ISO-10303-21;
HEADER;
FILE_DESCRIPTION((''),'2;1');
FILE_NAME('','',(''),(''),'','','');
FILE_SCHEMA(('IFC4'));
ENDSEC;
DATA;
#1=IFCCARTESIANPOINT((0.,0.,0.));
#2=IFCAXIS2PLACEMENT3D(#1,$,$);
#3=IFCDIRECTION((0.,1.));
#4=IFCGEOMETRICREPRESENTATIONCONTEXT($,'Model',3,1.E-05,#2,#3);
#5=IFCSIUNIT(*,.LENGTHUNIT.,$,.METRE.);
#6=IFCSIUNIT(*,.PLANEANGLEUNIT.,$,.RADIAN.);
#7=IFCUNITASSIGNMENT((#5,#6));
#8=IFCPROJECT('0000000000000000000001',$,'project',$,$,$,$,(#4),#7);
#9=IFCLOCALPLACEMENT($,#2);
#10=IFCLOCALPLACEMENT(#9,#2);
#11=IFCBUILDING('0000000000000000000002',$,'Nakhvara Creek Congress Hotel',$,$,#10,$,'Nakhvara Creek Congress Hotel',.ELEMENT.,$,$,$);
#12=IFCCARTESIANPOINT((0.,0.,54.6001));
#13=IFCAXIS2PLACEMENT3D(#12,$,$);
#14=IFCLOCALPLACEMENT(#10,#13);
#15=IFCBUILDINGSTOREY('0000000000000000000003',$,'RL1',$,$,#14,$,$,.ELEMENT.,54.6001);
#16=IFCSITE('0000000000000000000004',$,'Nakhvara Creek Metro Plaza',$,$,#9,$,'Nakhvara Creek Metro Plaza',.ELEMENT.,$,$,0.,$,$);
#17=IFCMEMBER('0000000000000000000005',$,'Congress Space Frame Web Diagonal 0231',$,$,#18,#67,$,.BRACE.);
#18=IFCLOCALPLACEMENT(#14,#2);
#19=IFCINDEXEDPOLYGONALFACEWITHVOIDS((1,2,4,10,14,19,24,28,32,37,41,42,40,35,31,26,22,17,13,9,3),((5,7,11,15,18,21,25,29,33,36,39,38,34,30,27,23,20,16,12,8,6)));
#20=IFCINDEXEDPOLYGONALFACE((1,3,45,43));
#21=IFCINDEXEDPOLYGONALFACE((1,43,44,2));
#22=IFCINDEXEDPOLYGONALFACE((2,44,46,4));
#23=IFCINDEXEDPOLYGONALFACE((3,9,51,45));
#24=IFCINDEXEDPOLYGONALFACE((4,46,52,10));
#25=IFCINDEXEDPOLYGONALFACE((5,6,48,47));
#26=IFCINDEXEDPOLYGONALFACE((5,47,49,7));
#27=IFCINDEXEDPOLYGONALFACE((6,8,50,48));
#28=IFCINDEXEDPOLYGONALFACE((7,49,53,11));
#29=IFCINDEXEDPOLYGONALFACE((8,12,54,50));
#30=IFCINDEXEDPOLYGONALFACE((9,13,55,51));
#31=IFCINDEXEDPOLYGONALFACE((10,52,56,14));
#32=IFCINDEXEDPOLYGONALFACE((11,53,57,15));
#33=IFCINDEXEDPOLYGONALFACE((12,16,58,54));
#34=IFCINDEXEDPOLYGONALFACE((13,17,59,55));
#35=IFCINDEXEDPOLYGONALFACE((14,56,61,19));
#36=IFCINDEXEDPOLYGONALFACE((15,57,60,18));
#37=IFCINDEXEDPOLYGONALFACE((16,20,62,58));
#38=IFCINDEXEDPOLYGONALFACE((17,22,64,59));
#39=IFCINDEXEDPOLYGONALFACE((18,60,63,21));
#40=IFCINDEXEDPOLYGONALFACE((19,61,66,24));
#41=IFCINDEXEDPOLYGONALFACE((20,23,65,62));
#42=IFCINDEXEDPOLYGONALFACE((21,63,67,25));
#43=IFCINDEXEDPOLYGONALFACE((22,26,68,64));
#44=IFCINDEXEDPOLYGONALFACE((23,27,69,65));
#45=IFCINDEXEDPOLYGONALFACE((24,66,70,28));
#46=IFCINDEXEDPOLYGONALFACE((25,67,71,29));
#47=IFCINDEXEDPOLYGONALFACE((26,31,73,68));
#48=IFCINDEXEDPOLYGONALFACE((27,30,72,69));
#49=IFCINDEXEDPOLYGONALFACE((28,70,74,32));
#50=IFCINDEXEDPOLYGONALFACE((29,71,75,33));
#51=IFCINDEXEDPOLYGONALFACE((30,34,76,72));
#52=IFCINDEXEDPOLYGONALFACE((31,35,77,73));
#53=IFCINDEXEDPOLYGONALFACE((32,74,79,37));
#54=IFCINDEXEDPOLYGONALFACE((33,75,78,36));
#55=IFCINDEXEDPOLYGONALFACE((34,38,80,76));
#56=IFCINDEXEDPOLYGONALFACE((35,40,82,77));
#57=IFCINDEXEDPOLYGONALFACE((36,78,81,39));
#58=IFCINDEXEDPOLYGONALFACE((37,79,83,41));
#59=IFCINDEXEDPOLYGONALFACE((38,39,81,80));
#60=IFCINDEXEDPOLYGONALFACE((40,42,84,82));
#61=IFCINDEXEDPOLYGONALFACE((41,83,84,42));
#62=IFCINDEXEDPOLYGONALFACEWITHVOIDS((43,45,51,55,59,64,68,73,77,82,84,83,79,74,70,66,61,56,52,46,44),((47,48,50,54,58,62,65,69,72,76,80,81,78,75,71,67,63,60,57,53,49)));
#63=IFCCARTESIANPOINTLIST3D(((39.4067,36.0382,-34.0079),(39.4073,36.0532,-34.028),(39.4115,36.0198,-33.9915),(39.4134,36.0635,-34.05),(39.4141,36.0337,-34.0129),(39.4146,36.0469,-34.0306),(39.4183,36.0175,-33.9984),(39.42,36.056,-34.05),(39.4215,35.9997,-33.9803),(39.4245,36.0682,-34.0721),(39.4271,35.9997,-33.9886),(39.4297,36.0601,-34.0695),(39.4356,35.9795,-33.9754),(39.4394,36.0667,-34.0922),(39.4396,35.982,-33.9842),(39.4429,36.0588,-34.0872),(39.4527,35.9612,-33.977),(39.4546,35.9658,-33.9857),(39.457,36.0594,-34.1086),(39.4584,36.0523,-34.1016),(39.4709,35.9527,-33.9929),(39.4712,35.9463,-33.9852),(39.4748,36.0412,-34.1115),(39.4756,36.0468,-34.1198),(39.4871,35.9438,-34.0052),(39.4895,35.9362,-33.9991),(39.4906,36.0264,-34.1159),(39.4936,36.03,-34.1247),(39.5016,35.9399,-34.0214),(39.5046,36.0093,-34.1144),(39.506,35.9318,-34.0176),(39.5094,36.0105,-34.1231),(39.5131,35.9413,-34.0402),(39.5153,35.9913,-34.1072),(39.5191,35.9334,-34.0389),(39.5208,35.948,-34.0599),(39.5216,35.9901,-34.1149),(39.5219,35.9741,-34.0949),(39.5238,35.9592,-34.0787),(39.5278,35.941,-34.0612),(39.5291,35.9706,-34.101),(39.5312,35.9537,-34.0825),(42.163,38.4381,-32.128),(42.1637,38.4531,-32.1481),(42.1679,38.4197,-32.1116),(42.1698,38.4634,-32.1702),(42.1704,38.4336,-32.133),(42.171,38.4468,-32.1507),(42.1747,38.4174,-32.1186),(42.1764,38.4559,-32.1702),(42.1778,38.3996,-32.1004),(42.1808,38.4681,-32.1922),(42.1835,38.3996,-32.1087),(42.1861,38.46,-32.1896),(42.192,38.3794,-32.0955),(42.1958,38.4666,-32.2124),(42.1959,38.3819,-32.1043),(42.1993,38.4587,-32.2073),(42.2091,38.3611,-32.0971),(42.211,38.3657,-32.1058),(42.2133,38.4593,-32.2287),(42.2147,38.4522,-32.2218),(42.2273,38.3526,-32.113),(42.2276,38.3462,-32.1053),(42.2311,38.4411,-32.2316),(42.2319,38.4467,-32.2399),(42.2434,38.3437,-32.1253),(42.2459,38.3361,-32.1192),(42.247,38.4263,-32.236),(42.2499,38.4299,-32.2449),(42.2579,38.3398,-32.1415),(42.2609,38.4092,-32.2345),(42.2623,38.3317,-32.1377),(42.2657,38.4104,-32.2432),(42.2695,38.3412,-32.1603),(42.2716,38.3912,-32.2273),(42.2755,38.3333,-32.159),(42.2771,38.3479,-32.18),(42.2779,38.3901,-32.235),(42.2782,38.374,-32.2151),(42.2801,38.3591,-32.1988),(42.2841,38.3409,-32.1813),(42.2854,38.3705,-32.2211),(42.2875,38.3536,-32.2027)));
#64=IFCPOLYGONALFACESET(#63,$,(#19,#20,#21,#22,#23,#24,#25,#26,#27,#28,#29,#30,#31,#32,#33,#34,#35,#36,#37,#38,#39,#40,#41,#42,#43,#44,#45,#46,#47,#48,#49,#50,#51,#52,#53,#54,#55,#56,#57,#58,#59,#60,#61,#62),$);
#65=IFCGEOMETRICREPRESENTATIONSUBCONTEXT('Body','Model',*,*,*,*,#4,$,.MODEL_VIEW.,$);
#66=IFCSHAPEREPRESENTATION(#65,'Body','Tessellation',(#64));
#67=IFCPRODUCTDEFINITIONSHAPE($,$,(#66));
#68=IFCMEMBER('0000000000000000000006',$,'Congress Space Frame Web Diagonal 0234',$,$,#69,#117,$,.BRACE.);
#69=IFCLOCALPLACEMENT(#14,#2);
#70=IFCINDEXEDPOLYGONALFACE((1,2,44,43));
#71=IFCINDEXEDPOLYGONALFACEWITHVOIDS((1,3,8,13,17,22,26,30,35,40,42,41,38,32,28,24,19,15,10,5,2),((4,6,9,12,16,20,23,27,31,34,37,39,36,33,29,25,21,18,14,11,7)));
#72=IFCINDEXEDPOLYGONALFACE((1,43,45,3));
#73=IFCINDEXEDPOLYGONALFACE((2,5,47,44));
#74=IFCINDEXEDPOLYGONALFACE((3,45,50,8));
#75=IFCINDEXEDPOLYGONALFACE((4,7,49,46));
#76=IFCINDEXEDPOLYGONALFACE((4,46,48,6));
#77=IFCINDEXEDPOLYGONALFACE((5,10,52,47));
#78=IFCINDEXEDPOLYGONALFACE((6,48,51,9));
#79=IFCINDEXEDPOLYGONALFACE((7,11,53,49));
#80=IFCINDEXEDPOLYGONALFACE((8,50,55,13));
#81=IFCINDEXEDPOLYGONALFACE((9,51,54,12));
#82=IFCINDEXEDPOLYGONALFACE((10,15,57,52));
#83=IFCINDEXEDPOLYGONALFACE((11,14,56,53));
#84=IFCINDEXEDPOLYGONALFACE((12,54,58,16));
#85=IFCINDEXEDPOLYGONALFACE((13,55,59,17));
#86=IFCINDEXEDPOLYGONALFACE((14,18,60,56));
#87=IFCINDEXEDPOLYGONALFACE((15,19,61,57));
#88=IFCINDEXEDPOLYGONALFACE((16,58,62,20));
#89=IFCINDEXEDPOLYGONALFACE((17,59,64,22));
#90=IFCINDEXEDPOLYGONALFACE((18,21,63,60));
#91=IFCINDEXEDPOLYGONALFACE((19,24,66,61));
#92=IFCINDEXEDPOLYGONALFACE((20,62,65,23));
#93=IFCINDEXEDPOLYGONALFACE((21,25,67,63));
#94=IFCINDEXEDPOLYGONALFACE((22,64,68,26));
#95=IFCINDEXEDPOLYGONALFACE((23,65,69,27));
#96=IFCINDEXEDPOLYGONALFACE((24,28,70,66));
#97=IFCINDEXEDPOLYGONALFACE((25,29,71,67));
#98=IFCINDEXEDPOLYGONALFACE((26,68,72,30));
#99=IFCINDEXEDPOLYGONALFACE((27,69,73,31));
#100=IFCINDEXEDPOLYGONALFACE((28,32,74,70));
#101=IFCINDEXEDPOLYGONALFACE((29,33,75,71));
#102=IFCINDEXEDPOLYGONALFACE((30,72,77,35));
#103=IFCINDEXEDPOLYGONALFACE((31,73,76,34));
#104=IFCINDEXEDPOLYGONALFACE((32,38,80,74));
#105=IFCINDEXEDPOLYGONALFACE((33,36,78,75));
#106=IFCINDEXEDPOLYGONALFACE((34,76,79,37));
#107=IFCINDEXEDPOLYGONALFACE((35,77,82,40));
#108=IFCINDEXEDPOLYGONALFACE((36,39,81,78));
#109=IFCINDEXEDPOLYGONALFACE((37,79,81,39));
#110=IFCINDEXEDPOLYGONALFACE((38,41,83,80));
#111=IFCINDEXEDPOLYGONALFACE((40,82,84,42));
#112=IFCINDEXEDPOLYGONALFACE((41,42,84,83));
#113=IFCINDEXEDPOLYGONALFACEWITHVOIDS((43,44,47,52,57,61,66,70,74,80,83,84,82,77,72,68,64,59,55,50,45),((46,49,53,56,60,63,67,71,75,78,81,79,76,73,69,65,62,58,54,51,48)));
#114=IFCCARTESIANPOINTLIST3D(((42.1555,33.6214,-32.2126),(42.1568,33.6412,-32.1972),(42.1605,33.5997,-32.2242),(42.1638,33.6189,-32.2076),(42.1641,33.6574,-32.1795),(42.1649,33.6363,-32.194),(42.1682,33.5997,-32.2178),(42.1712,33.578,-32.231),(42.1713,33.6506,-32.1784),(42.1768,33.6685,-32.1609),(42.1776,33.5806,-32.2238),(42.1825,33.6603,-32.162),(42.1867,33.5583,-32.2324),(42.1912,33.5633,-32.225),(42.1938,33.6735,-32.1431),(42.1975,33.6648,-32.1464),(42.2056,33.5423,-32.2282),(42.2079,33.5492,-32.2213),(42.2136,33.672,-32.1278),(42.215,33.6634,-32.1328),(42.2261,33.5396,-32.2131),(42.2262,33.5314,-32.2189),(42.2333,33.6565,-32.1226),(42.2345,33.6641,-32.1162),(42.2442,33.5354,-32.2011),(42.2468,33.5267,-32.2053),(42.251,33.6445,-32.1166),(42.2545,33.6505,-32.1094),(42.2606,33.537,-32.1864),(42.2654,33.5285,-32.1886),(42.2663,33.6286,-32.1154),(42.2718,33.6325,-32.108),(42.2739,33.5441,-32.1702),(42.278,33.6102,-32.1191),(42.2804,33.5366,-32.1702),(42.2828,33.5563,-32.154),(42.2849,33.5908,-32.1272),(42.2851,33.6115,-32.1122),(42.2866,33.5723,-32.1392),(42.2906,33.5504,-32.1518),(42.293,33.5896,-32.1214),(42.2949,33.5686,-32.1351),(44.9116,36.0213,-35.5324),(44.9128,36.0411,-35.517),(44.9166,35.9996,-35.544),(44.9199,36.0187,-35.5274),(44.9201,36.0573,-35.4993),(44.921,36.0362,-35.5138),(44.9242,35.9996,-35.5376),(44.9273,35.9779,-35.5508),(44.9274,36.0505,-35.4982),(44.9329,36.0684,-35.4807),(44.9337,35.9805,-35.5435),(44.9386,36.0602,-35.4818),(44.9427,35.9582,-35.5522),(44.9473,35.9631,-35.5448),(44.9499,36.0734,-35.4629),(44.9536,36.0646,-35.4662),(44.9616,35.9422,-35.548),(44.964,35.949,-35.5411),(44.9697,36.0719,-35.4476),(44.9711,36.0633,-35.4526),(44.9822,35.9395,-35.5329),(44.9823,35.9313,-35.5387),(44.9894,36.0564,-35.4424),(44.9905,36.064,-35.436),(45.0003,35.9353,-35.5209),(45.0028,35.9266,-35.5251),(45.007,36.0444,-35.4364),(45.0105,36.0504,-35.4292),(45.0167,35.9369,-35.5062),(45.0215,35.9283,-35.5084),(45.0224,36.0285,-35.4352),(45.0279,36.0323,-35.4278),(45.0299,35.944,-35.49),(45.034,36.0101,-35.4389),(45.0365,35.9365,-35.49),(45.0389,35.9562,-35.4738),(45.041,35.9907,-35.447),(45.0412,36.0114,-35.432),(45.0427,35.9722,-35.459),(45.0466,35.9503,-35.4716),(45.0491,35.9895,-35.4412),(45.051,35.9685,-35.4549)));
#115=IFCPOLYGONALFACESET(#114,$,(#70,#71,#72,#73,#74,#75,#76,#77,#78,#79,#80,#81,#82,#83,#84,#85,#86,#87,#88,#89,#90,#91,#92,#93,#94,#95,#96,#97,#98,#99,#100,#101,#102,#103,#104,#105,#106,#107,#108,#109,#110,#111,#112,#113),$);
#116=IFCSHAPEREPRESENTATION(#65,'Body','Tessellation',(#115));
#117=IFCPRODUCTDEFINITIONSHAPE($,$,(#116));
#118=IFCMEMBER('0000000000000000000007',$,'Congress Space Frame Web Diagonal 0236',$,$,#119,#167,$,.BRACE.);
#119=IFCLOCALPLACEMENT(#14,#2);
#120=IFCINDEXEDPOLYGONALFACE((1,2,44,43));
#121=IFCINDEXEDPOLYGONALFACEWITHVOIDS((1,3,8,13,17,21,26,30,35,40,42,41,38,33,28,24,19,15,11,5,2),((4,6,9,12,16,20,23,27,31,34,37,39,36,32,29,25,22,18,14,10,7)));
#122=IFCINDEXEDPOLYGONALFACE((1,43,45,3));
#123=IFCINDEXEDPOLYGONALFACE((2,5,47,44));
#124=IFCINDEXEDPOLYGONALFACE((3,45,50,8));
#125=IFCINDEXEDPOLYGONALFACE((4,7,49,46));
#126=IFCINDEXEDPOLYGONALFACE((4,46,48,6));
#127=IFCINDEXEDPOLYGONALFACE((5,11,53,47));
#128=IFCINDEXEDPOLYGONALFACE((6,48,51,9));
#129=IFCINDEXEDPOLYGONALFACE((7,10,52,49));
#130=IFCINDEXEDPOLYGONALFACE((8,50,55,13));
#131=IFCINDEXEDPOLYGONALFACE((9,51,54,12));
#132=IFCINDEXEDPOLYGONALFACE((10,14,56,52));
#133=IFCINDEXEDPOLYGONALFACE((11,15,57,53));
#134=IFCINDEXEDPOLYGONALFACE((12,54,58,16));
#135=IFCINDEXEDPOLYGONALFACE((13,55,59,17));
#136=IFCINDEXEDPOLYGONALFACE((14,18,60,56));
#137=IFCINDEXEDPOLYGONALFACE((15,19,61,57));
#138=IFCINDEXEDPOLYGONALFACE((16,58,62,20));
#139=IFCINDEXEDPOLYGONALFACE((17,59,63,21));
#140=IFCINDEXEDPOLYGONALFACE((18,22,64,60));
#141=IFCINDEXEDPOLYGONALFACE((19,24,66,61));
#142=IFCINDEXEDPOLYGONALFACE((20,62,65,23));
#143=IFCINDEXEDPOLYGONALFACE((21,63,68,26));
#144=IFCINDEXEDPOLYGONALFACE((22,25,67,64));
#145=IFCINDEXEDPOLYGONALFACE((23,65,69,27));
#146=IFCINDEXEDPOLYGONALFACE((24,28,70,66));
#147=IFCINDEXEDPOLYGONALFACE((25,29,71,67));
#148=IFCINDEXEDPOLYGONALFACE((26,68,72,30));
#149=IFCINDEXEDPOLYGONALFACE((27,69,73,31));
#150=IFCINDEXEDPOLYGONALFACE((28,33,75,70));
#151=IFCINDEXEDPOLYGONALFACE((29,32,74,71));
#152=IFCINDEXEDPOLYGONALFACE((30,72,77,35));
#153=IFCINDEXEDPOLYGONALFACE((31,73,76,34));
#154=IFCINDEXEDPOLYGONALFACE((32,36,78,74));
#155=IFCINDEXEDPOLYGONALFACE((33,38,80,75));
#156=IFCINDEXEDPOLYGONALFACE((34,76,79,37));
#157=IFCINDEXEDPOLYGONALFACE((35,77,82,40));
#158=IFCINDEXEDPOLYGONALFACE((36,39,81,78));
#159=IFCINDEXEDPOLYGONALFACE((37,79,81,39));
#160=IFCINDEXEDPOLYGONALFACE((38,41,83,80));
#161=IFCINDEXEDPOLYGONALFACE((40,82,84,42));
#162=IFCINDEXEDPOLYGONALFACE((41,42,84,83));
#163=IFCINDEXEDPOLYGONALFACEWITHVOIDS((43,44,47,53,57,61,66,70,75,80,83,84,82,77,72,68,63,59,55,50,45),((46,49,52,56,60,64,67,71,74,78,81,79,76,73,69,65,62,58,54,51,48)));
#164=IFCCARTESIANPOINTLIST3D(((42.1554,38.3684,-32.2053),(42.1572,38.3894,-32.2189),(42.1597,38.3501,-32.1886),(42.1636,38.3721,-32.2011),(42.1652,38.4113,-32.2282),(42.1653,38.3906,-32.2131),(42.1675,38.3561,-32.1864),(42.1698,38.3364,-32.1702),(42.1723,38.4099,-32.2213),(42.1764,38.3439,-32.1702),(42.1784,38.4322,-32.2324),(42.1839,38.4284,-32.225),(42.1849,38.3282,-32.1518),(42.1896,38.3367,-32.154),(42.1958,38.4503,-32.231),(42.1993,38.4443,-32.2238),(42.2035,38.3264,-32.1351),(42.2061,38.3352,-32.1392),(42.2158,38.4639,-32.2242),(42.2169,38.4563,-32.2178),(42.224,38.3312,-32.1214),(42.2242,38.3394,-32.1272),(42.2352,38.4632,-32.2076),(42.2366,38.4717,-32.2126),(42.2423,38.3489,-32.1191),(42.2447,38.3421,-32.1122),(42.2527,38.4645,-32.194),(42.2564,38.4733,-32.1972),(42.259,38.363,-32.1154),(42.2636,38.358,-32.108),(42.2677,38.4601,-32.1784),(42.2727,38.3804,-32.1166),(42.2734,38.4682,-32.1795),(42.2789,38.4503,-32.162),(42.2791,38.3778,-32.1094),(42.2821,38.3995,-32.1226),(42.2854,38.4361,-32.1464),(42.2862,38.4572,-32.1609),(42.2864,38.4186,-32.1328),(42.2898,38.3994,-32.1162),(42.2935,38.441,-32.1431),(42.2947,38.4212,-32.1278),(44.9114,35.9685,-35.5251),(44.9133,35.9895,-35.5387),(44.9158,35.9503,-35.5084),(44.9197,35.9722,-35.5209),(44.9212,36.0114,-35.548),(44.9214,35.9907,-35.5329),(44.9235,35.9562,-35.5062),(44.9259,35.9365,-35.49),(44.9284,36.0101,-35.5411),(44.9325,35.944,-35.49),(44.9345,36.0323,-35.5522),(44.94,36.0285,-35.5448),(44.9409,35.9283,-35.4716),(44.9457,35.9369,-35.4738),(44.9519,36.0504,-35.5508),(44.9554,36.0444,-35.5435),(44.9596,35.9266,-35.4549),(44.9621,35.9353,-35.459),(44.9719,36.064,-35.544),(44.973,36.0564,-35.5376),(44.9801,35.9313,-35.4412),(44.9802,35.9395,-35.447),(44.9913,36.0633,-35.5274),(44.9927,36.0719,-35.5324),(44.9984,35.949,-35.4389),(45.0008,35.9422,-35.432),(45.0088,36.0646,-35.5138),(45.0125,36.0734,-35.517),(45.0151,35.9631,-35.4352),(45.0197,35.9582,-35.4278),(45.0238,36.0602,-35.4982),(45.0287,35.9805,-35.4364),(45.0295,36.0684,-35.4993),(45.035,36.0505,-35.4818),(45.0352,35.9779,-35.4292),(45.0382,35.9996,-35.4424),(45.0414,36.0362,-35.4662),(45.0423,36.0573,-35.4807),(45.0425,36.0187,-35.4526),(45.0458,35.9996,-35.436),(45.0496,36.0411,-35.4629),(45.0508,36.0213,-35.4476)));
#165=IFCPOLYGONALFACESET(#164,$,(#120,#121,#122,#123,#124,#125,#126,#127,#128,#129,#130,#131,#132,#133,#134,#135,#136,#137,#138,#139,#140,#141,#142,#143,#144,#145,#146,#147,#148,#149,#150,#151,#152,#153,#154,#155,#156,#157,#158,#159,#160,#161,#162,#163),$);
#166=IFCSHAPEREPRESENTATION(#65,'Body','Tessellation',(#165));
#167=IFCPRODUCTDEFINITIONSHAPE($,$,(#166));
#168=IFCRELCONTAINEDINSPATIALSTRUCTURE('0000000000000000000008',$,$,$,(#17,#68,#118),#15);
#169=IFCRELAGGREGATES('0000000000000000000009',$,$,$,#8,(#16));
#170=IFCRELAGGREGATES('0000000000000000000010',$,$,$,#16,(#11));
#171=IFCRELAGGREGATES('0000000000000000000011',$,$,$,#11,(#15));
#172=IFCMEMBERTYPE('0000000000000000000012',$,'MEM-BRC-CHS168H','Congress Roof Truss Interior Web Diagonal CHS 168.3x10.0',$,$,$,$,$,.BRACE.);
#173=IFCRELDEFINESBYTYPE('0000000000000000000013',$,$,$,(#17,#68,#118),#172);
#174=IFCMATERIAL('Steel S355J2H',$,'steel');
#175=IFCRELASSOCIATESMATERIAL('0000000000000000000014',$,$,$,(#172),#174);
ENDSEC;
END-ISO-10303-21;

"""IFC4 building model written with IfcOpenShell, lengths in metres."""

from ifc_helpers import new_model, si_unit, direction, frame, origin, origin_2d, place, context, subcontext, project, spatial, hollow_circle, extrude, material, material_profile, profile_set, type_object, element, save


model = new_model("IFC4")

# Units and contexts
model_context = context("Model", 3, precision=1e-05, world=origin(), true_north=direction((0.0, 1.0)))
body_context = subcontext(model_context, "Body", "Model", "MODEL_VIEW")
ifc_project = project(units=[si_unit("LENGTHUNIT", "METRE"), si_unit("PLANEANGLEUNIT", "RADIAN")], contexts=[model_context])

# Site, building, storey
site_placement = place(None, origin())
site = spatial("IfcSite", under=ifc_project, at=site_placement, Name="Nakhvara Creek Metro Plaza", LongName="Nakhvara Creek Metro Plaza", CompositionType="ELEMENT", RefElevation=0.0)
building_placement = place(site_placement, origin())
building = spatial("IfcBuilding", under=site, at=building_placement, Name="Nakhvara Creek Congress Hotel", LongName="Nakhvara Creek Congress Hotel", CompositionType="ELEMENT")
storey_placement = place(building_placement, frame((0.0, 0.0, 54.6001)))
storey = spatial("IfcBuildingStorey", under=building, at=storey_placement, Name="RL1", CompositionType="ELEMENT", Elevation=54.6001)

# Members
ifc_material_1 = material(Name="Steel S355J2H", Category="steel")
ifc_material_profile_1 = material_profile(ifc_material_1, hollow_circle(Radius=0.0842, WallThickness=0.01, at=origin_2d()), Name="CHS 168.3x10.0", Category="LoadBearing")
ifc_profile_set_1 = profile_set([ifc_material_profile_1], Name="Steel S355J2H")
member_type_1 = type_object("IfcMemberType", Name="MEM-BRC-CHS168H", Description="Congress Roof Truss Interior Web Diagonal CHS 168.3x10.0", PredefinedType="BRACE", material=ifc_profile_set_1)
member_1_placement = place(storey_placement, frame((39.4688, 36.0, -34.05), z_axis=(0.670667, 0.583938, 0.457408), x_axis=(-0.656658, 0.754188, 0.0)))
element("IfcMember", 1, at=member_1_placement, inside=storey, type_object=member_type_1, Name="Congress Space Frame Web Diagonal 0231", PredefinedType="BRACE", context=body_context, shape_type="SweptSolid", body=[
    extrude(hollow_circle(Radius=0.0842, WallThickness=0.01, at=origin_2d()), origin(), (0.0, 0.0, 1.0), 4.1099),
])
for number, where, z_axis, x_axis, name in (
    (2, (44.9812, 36.0, -35.49), (-0.558221, -0.486076, 0.672398), (0.656691, -0.75416, 0.0), "Congress Space Frame Web Diagonal 0234"),
    (3, (44.9812, 36.0, -35.49), (-0.558221, 0.486076, 0.672398), (-0.656691, -0.75416, 0.0), "Congress Space Frame Web Diagonal 0236"),
):
    element("IfcMember", number, at=place(storey_placement, frame(where, z_axis=z_axis, x_axis=x_axis)), inside=storey, type_object=member_type_1, Name=name, PredefinedType="BRACE", context=body_context, shape_type="SweptSolid", body=[
        extrude(hollow_circle(Radius=0.0842, WallThickness=0.01, at=origin_2d()), origin(), (0.0, 0.0, 1.0), 4.9373),
    ])

save(model, "model.ifc")
